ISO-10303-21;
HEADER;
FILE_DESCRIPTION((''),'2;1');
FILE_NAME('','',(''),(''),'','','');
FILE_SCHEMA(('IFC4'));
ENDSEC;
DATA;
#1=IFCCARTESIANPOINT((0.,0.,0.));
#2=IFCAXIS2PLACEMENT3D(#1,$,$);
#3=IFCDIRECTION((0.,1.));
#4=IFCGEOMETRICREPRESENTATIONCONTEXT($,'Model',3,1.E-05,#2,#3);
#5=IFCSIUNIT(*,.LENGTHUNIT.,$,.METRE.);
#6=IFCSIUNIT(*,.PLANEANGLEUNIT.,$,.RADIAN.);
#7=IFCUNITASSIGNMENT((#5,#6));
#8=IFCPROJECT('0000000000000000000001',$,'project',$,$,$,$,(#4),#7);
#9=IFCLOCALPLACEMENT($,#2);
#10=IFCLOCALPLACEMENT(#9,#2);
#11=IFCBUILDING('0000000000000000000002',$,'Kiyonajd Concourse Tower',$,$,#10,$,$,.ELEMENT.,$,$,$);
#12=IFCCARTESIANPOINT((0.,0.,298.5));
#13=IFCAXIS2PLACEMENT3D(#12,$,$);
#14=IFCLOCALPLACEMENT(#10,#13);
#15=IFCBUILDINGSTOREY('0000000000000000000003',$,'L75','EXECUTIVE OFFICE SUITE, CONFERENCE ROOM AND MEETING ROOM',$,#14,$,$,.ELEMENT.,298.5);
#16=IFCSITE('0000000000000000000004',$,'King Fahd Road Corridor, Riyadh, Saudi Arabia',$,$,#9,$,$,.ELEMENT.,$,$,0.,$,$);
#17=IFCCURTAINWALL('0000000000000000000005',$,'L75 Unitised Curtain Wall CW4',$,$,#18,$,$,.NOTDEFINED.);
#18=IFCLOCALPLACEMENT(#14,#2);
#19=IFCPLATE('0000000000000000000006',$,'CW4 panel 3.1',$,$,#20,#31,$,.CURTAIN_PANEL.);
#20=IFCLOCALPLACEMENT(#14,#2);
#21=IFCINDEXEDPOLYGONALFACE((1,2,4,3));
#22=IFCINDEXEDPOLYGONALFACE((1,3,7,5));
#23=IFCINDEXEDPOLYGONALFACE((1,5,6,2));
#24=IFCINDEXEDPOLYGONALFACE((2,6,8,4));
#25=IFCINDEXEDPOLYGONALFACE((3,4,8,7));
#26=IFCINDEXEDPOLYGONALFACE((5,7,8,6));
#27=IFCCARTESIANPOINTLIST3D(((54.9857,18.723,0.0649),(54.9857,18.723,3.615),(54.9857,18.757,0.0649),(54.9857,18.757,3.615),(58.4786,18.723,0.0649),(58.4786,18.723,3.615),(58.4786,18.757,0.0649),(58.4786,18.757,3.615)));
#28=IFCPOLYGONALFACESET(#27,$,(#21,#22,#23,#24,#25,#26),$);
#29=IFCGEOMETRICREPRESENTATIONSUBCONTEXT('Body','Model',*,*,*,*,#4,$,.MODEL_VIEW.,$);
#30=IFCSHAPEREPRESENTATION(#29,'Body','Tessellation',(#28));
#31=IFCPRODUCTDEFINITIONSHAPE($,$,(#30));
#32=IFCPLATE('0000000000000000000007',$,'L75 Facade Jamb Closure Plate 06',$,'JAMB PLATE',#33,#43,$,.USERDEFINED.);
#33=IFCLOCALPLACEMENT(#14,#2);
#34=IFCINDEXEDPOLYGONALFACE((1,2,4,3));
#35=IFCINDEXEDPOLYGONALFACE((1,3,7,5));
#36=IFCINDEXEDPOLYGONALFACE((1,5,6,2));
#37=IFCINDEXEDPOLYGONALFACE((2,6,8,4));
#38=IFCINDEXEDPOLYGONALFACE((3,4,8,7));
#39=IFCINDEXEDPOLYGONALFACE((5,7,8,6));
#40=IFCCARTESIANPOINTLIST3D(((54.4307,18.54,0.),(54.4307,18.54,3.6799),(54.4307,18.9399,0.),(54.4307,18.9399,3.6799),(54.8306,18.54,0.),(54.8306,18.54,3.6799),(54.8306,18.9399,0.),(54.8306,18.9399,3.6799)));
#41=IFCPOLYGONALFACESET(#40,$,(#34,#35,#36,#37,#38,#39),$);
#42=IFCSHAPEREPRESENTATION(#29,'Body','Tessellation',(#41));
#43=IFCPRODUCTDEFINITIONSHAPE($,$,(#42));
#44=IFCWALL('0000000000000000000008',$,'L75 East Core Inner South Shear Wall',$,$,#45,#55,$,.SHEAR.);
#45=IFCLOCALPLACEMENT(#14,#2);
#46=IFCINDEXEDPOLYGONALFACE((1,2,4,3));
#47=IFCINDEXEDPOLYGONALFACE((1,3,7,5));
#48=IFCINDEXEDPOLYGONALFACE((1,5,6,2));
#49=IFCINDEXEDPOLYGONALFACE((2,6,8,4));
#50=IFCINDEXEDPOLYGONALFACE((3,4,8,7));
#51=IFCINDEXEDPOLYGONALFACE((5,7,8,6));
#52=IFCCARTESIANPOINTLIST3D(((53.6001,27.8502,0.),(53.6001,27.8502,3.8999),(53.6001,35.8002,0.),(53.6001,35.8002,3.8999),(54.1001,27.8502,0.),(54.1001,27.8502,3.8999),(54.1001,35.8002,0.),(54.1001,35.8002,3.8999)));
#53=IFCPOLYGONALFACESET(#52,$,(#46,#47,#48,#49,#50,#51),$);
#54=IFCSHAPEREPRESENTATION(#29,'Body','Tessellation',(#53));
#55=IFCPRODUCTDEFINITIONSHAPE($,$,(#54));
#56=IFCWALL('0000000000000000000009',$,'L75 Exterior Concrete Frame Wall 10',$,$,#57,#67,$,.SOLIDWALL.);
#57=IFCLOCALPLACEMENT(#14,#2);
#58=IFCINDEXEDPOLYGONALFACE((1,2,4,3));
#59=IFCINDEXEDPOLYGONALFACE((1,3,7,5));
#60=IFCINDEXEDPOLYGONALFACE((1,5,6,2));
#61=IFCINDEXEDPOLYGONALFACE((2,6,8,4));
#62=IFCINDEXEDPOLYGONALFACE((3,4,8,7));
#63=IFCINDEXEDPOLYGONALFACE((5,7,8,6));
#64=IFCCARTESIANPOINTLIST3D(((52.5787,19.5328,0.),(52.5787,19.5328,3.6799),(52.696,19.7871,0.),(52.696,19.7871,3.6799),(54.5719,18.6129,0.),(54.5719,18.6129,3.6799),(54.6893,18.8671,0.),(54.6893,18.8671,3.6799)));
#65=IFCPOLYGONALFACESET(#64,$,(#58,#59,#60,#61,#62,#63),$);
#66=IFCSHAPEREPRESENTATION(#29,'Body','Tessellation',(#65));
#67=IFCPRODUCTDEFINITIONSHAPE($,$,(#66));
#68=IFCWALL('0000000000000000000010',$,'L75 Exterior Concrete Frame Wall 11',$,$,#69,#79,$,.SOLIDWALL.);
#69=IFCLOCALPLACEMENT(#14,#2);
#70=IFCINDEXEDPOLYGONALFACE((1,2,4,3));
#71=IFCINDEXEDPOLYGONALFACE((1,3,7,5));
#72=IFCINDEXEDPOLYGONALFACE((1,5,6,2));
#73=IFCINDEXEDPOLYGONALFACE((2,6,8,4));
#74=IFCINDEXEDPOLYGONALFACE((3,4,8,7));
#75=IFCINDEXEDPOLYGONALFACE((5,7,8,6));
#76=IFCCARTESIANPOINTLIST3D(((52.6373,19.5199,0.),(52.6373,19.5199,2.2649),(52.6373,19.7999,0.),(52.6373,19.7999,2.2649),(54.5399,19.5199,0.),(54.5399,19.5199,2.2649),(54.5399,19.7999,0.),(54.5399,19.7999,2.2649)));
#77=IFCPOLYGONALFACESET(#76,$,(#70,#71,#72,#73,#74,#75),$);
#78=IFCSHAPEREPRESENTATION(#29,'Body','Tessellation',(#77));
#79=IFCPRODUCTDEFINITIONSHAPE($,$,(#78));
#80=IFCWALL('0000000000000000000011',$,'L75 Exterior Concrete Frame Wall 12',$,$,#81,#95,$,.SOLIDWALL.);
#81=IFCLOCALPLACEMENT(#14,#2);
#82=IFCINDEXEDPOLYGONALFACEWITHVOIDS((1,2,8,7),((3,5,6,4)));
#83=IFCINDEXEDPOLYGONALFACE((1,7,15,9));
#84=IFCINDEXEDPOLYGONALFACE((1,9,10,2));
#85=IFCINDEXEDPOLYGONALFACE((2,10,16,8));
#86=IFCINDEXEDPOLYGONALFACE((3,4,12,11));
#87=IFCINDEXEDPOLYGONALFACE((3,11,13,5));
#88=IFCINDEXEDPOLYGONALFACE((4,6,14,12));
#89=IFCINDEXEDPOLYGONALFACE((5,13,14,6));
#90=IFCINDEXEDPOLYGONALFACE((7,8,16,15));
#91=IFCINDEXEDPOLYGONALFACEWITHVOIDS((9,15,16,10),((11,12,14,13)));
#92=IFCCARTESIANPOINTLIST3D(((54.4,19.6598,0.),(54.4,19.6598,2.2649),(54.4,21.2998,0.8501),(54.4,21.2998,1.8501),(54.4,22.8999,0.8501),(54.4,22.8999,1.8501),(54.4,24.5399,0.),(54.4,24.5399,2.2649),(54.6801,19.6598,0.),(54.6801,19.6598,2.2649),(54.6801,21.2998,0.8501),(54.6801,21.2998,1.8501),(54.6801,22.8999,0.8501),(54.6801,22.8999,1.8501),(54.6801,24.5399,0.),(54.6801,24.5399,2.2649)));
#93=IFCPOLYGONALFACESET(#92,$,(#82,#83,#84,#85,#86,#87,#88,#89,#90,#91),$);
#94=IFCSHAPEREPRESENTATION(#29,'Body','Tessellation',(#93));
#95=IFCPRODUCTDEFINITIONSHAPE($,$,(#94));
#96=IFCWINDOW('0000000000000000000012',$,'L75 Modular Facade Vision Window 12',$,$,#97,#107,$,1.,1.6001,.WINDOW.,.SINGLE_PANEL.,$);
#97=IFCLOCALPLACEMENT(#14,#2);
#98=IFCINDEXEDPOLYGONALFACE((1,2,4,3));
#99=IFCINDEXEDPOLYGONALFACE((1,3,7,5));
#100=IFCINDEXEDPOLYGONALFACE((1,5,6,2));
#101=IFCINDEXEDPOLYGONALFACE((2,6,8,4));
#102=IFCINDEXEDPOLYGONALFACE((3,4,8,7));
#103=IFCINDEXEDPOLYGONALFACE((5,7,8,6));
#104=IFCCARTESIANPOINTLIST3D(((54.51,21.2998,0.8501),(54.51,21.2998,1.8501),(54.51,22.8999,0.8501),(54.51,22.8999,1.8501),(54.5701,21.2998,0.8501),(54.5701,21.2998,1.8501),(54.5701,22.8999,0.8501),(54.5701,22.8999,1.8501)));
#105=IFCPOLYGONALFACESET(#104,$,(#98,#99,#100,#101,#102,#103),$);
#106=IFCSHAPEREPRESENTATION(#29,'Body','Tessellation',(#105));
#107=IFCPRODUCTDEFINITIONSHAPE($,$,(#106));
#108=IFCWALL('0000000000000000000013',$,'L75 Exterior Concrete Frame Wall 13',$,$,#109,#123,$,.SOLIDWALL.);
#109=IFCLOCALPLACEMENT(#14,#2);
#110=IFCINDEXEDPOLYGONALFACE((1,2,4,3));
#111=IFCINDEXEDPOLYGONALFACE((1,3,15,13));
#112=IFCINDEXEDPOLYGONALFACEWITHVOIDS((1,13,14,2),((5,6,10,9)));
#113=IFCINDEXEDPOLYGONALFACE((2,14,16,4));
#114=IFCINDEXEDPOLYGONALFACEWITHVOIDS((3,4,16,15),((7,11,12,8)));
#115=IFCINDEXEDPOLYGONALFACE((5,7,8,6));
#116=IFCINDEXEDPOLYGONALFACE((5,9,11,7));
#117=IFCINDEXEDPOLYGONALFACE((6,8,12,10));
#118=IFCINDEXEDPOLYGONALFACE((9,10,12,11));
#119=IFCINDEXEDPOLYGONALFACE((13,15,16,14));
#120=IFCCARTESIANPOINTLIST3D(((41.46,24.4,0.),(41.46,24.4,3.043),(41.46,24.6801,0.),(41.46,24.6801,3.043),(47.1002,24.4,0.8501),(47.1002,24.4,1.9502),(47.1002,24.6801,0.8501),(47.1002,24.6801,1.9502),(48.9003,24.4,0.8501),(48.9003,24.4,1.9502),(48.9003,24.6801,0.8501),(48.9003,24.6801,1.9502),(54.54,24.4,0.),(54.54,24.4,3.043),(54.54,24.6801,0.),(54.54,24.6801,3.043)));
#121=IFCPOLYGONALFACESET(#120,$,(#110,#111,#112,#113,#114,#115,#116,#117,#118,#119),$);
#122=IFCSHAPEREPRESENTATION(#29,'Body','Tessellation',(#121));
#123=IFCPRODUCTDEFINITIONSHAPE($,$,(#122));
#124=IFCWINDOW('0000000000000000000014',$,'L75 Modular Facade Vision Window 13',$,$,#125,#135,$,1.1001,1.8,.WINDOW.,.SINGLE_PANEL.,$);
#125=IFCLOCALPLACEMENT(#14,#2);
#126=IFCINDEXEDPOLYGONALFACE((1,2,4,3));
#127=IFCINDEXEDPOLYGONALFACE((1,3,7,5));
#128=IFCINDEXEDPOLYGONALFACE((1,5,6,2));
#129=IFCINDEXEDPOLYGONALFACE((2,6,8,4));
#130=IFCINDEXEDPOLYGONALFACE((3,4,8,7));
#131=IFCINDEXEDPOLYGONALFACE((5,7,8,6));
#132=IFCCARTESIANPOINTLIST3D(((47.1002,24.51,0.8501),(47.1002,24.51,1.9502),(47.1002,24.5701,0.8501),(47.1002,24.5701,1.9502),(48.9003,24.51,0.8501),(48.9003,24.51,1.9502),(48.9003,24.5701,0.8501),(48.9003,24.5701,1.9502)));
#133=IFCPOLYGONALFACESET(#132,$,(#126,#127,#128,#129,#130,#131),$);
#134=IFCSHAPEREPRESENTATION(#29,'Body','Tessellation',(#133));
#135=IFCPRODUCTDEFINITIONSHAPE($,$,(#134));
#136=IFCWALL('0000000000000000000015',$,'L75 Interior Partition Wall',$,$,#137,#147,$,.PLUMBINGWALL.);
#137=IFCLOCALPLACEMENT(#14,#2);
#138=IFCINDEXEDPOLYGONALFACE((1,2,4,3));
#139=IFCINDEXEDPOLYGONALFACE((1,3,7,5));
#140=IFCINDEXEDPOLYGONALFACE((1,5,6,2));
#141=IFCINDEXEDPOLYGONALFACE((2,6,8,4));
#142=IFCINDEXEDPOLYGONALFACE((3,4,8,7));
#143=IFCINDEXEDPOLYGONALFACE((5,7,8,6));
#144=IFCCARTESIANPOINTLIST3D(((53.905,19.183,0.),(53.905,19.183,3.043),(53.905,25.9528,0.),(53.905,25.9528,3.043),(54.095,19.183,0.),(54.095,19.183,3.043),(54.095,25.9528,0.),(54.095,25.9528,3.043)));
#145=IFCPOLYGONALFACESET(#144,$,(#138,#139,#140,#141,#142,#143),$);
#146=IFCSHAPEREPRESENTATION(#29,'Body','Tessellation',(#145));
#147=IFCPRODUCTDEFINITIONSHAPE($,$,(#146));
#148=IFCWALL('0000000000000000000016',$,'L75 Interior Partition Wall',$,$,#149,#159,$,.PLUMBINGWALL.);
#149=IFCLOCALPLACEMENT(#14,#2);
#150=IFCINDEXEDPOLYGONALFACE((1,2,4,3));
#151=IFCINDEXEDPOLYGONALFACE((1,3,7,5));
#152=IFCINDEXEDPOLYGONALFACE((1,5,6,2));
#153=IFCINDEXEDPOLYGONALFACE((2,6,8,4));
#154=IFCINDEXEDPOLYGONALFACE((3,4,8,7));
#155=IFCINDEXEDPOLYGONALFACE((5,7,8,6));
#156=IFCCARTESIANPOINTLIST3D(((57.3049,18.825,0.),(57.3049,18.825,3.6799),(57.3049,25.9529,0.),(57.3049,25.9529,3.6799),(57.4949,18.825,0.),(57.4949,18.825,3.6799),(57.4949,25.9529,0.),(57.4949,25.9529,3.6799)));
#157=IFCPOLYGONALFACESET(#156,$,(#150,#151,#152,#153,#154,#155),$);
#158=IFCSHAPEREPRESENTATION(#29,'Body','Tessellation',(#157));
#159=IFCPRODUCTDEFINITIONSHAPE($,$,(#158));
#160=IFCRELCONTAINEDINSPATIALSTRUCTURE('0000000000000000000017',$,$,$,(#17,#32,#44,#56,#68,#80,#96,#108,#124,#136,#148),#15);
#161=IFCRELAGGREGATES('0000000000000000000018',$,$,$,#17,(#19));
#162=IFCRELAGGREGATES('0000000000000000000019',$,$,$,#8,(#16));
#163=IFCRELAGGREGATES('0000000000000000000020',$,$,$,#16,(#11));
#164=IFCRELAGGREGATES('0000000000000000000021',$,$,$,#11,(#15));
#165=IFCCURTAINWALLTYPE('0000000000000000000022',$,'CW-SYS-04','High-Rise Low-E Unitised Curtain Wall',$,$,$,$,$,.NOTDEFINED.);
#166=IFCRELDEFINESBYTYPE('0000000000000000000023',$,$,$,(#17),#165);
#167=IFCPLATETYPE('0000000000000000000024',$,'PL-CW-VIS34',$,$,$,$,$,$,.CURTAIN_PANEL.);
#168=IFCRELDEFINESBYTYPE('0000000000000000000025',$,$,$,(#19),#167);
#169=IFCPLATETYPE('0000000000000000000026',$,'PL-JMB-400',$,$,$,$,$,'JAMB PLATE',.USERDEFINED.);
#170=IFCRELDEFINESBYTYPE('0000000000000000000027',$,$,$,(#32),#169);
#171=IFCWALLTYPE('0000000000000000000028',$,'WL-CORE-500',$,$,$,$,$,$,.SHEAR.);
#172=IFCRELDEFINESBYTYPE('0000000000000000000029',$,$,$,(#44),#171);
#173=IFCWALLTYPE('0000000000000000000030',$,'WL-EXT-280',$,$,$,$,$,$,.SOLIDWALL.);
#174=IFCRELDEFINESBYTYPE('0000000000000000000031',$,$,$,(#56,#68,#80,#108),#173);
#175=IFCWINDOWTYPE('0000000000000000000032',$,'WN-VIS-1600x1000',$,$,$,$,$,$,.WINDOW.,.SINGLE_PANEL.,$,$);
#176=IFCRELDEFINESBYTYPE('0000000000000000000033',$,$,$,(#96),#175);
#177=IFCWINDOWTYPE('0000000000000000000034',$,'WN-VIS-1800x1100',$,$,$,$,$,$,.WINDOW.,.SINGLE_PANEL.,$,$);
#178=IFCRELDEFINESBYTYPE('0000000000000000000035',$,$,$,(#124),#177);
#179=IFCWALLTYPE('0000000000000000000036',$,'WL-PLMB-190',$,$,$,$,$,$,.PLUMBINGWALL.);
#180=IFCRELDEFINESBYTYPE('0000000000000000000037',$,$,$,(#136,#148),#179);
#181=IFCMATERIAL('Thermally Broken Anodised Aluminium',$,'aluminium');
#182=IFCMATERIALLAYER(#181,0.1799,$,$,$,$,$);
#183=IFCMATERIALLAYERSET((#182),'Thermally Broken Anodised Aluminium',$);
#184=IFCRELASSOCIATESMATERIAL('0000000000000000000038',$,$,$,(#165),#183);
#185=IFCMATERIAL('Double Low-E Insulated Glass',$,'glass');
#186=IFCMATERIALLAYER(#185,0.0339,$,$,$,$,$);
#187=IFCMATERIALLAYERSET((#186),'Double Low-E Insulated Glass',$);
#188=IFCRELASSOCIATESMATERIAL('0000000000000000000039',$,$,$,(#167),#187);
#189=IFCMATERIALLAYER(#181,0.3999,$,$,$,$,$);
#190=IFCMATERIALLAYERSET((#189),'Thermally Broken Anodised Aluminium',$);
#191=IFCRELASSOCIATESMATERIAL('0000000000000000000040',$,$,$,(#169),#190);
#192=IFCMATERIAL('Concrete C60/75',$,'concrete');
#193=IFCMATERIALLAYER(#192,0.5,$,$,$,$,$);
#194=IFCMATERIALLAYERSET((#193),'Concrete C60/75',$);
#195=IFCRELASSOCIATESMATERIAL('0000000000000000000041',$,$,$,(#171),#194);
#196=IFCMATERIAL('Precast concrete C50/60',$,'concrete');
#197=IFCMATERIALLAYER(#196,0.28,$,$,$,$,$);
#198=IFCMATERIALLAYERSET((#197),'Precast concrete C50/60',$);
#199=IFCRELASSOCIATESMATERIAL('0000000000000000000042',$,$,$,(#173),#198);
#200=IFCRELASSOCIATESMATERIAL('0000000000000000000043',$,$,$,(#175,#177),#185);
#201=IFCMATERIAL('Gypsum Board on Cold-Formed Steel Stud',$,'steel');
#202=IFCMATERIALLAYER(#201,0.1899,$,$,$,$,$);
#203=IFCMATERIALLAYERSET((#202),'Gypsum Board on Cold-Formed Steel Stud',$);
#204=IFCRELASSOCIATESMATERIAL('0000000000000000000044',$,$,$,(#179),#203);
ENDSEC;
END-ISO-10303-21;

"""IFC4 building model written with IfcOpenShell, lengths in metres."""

from ifc_helpers import new_model, si_unit, direction, frame, frame_2d, origin, origin_2d, place, context, subcontext, project, spatial, rectangle, extrude, material, layer, layer_set, type_object, element, fill, aggregate, save


model = new_model("IFC4")

# Units and contexts
model_context = context("Model", 3, precision=1e-05, world=origin(), true_north=direction((0.0, 1.0)))
body_context = subcontext(model_context, "Body", "Model", "MODEL_VIEW")
ifc_project = project(units=[si_unit("LENGTHUNIT", "METRE"), si_unit("PLANEANGLEUNIT", "RADIAN")], contexts=[model_context])

# Site, building, storey
site_placement = place(None, origin())
site = spatial("IfcSite", under=ifc_project, at=site_placement, Name="King Fahd Road Corridor, Riyadh, Saudi Arabia", CompositionType="ELEMENT", RefElevation=0.0)
building_placement = place(site_placement, origin())
building = spatial("IfcBuilding", under=site, at=building_placement, Name="Kiyonajd Concourse Tower", CompositionType="ELEMENT")
storey_placement = place(building_placement, frame((0.0, 0.0, 298.5)))
storey = spatial("IfcBuildingStorey", under=building, at=storey_placement, Name="L75", Description="EXECUTIVE OFFICE SUITE, CONFERENCE ROOM AND MEETING ROOM", CompositionType="ELEMENT", Elevation=298.5)

# Shared definitions
ifc_material_1 = material(Name="Concrete C60/75", Category="concrete")

# Curtain wall
ifc_material_2 = material(Name="Thermally Broken Anodised Aluminium", Category="aluminium")
ifc_layer_1 = layer(ifc_material_2, 0.1799)
ifc_layer_set_1 = layer_set([ifc_layer_1], Name="Thermally Broken Anodised Aluminium")
curtain_wall_type = type_object("IfcCurtainWallType", Name="CW-SYS-04", Description="High-Rise Low-E Unitised Curtain Wall", PredefinedType="NOTDEFINED", material=ifc_layer_set_1)
curtain_wall_placement = place(storey_placement, origin())
curtain_wall = element("IfcCurtainWall", 1, at=curtain_wall_placement, inside=storey, type_object=curtain_wall_type, Name="L75 Unitised Curtain Wall CW4", PredefinedType="NOTDEFINED")

# Plates
ifc_material_3 = material(Name="Double Low-E Insulated Glass", Category="glass")
ifc_layer_2 = layer(ifc_material_3, 0.0339)
ifc_layer_set_2 = layer_set([ifc_layer_2], Name="Double Low-E Insulated Glass")
plate_type_1 = type_object("IfcPlateType", Name="PL-CW-VIS34", PredefinedType="CURTAIN_PANEL", material=ifc_layer_set_2)
plate_1_placement = place(storey_placement, frame((56.7322, 18.74, 0.0649), z_axis=(0.0, 0.0, 1.0), x_axis=(-1.0, 0.0, 0.0)))
plate_1 = element("IfcPlate", 2, at=plate_1_placement, type_object=plate_type_1, Name="CW4 panel 3.1", PredefinedType="CURTAIN_PANEL", context=body_context, shape_type="SweptSolid", body=[
    extrude(rectangle(XDim=3.4929, YDim=0.0339, at=origin_2d()), origin(), (0.0, 0.0, 1.0), 3.55),
])
aggregate(curtain_wall, [plate_1])
ifc_layer_3 = layer(ifc_material_2, 0.3999)
ifc_layer_set_3 = layer_set([ifc_layer_3], Name="Thermally Broken Anodised Aluminium")
plate_type_2 = type_object("IfcPlateType", Name="PL-JMB-400", ElementType="JAMB PLATE", PredefinedType="USERDEFINED", material=ifc_layer_set_3)
plate_2_placement = place(storey_placement, frame((54.6306, 18.74, 0.0), z_axis=(0.0, 0.0, 1.0), x_axis=(1.0, 0.0, 0.0)))
element("IfcPlate", 3, at=plate_2_placement, inside=storey, type_object=plate_type_2, Name="L75 Facade Jamb Closure Plate 06", ObjectType="JAMB PLATE", PredefinedType="USERDEFINED", context=body_context, shape_type="SweptSolid", body=[
    extrude(rectangle(XDim=0.3999, YDim=0.3999, at=origin_2d()), origin(), (0.0, 0.0, 1.0), 3.6799),
])

# Walls
ifc_layer_4 = layer(ifc_material_1, 0.5)
ifc_layer_set_4 = layer_set([ifc_layer_4], Name="Concrete C60/75")
wall_type_1 = type_object("IfcWallType", Name="WL-CORE-500", PredefinedType="SHEAR", material=ifc_layer_set_4)
wall_1_placement = place(storey_placement, frame((53.8501, 27.8501, 0.0), z_axis=(0.0, 0.0, 1.0), x_axis=(0.0, 1.0, 0.0)))
element("IfcWall", 4, at=wall_1_placement, inside=storey, type_object=wall_type_1, Name="L75 East Core Inner South Shear Wall", PredefinedType="SHEAR", context=body_context, shape_type="SweptSolid", body=[
    extrude(rectangle(XDim=7.95, YDim=0.5, at=frame_2d((3.9751, 0.0))), origin(), (0.0, 0.0, 1.0), 3.8999),
])
ifc_material_4 = material(Name="Precast concrete C50/60", Category="concrete")
ifc_layer_5 = layer(ifc_material_4, 0.28)
ifc_layer_set_5 = layer_set([ifc_layer_5], Name="Precast concrete C50/60")
wall_type_2 = type_object("IfcWallType", Name="WL-EXT-280", PredefinedType="SOLIDWALL", material=ifc_layer_set_5)
wall_2_placement = place(storey_placement, frame((54.6306, 18.74, 0.0), z_axis=(0.0, 0.0, 1.0), x_axis=(-0.907959, 0.419058, 0.0)))
element("IfcWall", 5, at=wall_2_placement, inside=storey, type_object=wall_type_2, Name="L75 Exterior Concrete Frame Wall 10", PredefinedType="SOLIDWALL", context=body_context, shape_type="SweptSolid", body=[
    extrude(rectangle(XDim=2.1953, YDim=0.28, at=frame_2d((1.0977, 0.0))), origin(), (0.0, 0.0, 1.0), 3.6799),
])
wall_3_placement = place(storey_placement, frame((52.6375, 19.6599, 0.0), z_axis=(0.0, 0.0, 1.0), x_axis=(1.0, 0.0, 0.0)))
element("IfcWall", 6, at=wall_3_placement, inside=storey, type_object=wall_type_2, Name="L75 Exterior Concrete Frame Wall 11", PredefinedType="SOLIDWALL", context=body_context, shape_type="SweptSolid", body=[
    extrude(rectangle(XDim=1.9026, YDim=0.28, at=frame_2d((0.9512, 0.0))), origin(), (0.0, 0.0, 1.0), 2.2649),
])

# Walls, openings, windows
wall_4_placement = place(storey_placement, frame((54.54, 19.6599, 0.0), z_axis=(0.0, 0.0, 1.0), x_axis=(0.0, 1.0, 0.0)))
wall_4 = element("IfcWall", 7, at=wall_4_placement, inside=storey, type_object=wall_type_2, Name="L75 Exterior Concrete Frame Wall 12", PredefinedType="SOLIDWALL", context=body_context, shape_type="SweptSolid", body=[
    extrude(rectangle(XDim=4.8801, YDim=0.28, at=frame_2d((2.4399, 0.0))), origin(), (0.0, 0.0, 1.0), 2.2649),
])
opening_1_placement = place(wall_4_placement, frame((1.6399, 0.0, 0.8501)))
opening_1 = element("IfcOpeningElement", 8, at=opening_1_placement, cuts=wall_4, PredefinedType="OPENING", context=body_context, shape_type="SweptSolid", body=[
    extrude(rectangle(XDim=1.6001, YDim=1.0, at=frame_2d((0.8, 0.5))), frame((0.0, 0.1499, 0.0), z_axis=(0.0, -1.0, 0.0), x_axis=(1.0, 0.0, 0.0)), (0.0, 0.0, 1.0), 0.3),
])
window_type_1 = type_object("IfcWindowType", Name="WN-VIS-1600x1000", PartitioningType="SINGLE_PANEL", PredefinedType="WINDOW", material=ifc_material_3)
window_1_placement = place(opening_1_placement, origin())
window_1 = element("IfcWindow", 9, at=window_1_placement, inside=storey, type_object=window_type_1, Name="L75 Modular Facade Vision Window 12", OverallHeight=1.0, OverallWidth=1.6001, PartitioningType="SINGLE_PANEL", PredefinedType="WINDOW", context=body_context, shape_type="SweptSolid", body=[
    extrude(rectangle(XDim=1.6001, YDim=1.0, at=frame_2d((0.8, 0.5))), frame((0.0, 0.03, 0.0), z_axis=(0.0, -1.0, 0.0), x_axis=(1.0, 0.0, 0.0)), (0.0, 0.0, 1.0), 0.0601),
])
fill(opening_1, window_1)
wall_5_placement = place(storey_placement, frame((54.54, 24.54, 0.0), z_axis=(0.0, 0.0, 1.0), x_axis=(-1.0, 0.0, 0.0)))
wall_5 = element("IfcWall", 10, at=wall_5_placement, inside=storey, type_object=wall_type_2, Name="L75 Exterior Concrete Frame Wall 13", PredefinedType="SOLIDWALL", context=body_context, shape_type="SweptSolid", body=[
    extrude(rectangle(XDim=13.0801, YDim=0.28, at=frame_2d((6.54, 0.0))), origin(), (0.0, 0.0, 1.0), 3.043),
])
opening_2_placement = place(wall_5_placement, frame((5.6399, 0.0, 0.8501)))
opening_2 = element("IfcOpeningElement", 11, at=opening_2_placement, cuts=wall_5, PredefinedType="OPENING", context=body_context, shape_type="SweptSolid", body=[
    extrude(rectangle(XDim=1.8, YDim=1.1001, at=frame_2d((0.8999, 0.55))), frame((0.0, 0.1499, 0.0), z_axis=(0.0, -1.0, 0.0), x_axis=(1.0, 0.0, 0.0)), (0.0, 0.0, 1.0), 0.3),
])
window_type_2 = type_object("IfcWindowType", Name="WN-VIS-1800x1100", PartitioningType="SINGLE_PANEL", PredefinedType="WINDOW", material=ifc_material_3)
window_2_placement = place(opening_2_placement, origin())
window_2 = element("IfcWindow", 12, at=window_2_placement, inside=storey, type_object=window_type_2, Name="L75 Modular Facade Vision Window 13", OverallHeight=1.1001, OverallWidth=1.8, PartitioningType="SINGLE_PANEL", PredefinedType="WINDOW", context=body_context, shape_type="SweptSolid", body=[
    extrude(rectangle(XDim=1.8, YDim=1.1001, at=frame_2d((0.8999, 0.55))), frame((0.0, 0.03, 0.0), z_axis=(0.0, -1.0, 0.0), x_axis=(1.0, 0.0, 0.0)), (0.0, 0.0, 1.0), 0.0601),
])
fill(opening_2, window_2)

# Walls
ifc_material_5 = material(Name="Gypsum Board on Cold-Formed Steel Stud", Category="steel")
ifc_layer_6 = layer(ifc_material_5, 0.1899)
ifc_layer_set_6 = layer_set([ifc_layer_6], Name="Gypsum Board on Cold-Formed Steel Stud")
wall_type_3 = type_object("IfcWallType", Name="WL-PLMB-190", PredefinedType="PLUMBINGWALL", material=ifc_layer_set_6)
wall_6_placement = place(storey_placement, frame((54.0, 19.1831, 0.0), z_axis=(0.0, 0.0, 1.0), x_axis=(0.0, 1.0, 0.0)))
element("IfcWall", 13, at=wall_6_placement, inside=storey, type_object=wall_type_3, Name="L75 Interior Partition Wall", PredefinedType="PLUMBINGWALL", context=body_context, shape_type="SweptSolid", body=[
    extrude(rectangle(XDim=6.7698, YDim=0.1899, at=frame_2d((3.3848, 0.0))), origin(), (0.0, 0.0, 1.0), 3.043),
])
wall_7_placement = place(storey_placement, frame((57.3999, 18.825, 0.0), z_axis=(0.0, 0.0, 1.0), x_axis=(0.0, 1.0, 0.0)))
element("IfcWall", 14, at=wall_7_placement, inside=storey, type_object=wall_type_3, Name="L75 Interior Partition Wall", PredefinedType="PLUMBINGWALL", context=body_context, shape_type="SweptSolid", body=[
    extrude(rectangle(XDim=7.1279, YDim=0.1899, at=frame_2d((3.564, 0.0))), origin(), (0.0, 0.0, 1.0), 3.6799),
])

save(model, "model.ifc")
